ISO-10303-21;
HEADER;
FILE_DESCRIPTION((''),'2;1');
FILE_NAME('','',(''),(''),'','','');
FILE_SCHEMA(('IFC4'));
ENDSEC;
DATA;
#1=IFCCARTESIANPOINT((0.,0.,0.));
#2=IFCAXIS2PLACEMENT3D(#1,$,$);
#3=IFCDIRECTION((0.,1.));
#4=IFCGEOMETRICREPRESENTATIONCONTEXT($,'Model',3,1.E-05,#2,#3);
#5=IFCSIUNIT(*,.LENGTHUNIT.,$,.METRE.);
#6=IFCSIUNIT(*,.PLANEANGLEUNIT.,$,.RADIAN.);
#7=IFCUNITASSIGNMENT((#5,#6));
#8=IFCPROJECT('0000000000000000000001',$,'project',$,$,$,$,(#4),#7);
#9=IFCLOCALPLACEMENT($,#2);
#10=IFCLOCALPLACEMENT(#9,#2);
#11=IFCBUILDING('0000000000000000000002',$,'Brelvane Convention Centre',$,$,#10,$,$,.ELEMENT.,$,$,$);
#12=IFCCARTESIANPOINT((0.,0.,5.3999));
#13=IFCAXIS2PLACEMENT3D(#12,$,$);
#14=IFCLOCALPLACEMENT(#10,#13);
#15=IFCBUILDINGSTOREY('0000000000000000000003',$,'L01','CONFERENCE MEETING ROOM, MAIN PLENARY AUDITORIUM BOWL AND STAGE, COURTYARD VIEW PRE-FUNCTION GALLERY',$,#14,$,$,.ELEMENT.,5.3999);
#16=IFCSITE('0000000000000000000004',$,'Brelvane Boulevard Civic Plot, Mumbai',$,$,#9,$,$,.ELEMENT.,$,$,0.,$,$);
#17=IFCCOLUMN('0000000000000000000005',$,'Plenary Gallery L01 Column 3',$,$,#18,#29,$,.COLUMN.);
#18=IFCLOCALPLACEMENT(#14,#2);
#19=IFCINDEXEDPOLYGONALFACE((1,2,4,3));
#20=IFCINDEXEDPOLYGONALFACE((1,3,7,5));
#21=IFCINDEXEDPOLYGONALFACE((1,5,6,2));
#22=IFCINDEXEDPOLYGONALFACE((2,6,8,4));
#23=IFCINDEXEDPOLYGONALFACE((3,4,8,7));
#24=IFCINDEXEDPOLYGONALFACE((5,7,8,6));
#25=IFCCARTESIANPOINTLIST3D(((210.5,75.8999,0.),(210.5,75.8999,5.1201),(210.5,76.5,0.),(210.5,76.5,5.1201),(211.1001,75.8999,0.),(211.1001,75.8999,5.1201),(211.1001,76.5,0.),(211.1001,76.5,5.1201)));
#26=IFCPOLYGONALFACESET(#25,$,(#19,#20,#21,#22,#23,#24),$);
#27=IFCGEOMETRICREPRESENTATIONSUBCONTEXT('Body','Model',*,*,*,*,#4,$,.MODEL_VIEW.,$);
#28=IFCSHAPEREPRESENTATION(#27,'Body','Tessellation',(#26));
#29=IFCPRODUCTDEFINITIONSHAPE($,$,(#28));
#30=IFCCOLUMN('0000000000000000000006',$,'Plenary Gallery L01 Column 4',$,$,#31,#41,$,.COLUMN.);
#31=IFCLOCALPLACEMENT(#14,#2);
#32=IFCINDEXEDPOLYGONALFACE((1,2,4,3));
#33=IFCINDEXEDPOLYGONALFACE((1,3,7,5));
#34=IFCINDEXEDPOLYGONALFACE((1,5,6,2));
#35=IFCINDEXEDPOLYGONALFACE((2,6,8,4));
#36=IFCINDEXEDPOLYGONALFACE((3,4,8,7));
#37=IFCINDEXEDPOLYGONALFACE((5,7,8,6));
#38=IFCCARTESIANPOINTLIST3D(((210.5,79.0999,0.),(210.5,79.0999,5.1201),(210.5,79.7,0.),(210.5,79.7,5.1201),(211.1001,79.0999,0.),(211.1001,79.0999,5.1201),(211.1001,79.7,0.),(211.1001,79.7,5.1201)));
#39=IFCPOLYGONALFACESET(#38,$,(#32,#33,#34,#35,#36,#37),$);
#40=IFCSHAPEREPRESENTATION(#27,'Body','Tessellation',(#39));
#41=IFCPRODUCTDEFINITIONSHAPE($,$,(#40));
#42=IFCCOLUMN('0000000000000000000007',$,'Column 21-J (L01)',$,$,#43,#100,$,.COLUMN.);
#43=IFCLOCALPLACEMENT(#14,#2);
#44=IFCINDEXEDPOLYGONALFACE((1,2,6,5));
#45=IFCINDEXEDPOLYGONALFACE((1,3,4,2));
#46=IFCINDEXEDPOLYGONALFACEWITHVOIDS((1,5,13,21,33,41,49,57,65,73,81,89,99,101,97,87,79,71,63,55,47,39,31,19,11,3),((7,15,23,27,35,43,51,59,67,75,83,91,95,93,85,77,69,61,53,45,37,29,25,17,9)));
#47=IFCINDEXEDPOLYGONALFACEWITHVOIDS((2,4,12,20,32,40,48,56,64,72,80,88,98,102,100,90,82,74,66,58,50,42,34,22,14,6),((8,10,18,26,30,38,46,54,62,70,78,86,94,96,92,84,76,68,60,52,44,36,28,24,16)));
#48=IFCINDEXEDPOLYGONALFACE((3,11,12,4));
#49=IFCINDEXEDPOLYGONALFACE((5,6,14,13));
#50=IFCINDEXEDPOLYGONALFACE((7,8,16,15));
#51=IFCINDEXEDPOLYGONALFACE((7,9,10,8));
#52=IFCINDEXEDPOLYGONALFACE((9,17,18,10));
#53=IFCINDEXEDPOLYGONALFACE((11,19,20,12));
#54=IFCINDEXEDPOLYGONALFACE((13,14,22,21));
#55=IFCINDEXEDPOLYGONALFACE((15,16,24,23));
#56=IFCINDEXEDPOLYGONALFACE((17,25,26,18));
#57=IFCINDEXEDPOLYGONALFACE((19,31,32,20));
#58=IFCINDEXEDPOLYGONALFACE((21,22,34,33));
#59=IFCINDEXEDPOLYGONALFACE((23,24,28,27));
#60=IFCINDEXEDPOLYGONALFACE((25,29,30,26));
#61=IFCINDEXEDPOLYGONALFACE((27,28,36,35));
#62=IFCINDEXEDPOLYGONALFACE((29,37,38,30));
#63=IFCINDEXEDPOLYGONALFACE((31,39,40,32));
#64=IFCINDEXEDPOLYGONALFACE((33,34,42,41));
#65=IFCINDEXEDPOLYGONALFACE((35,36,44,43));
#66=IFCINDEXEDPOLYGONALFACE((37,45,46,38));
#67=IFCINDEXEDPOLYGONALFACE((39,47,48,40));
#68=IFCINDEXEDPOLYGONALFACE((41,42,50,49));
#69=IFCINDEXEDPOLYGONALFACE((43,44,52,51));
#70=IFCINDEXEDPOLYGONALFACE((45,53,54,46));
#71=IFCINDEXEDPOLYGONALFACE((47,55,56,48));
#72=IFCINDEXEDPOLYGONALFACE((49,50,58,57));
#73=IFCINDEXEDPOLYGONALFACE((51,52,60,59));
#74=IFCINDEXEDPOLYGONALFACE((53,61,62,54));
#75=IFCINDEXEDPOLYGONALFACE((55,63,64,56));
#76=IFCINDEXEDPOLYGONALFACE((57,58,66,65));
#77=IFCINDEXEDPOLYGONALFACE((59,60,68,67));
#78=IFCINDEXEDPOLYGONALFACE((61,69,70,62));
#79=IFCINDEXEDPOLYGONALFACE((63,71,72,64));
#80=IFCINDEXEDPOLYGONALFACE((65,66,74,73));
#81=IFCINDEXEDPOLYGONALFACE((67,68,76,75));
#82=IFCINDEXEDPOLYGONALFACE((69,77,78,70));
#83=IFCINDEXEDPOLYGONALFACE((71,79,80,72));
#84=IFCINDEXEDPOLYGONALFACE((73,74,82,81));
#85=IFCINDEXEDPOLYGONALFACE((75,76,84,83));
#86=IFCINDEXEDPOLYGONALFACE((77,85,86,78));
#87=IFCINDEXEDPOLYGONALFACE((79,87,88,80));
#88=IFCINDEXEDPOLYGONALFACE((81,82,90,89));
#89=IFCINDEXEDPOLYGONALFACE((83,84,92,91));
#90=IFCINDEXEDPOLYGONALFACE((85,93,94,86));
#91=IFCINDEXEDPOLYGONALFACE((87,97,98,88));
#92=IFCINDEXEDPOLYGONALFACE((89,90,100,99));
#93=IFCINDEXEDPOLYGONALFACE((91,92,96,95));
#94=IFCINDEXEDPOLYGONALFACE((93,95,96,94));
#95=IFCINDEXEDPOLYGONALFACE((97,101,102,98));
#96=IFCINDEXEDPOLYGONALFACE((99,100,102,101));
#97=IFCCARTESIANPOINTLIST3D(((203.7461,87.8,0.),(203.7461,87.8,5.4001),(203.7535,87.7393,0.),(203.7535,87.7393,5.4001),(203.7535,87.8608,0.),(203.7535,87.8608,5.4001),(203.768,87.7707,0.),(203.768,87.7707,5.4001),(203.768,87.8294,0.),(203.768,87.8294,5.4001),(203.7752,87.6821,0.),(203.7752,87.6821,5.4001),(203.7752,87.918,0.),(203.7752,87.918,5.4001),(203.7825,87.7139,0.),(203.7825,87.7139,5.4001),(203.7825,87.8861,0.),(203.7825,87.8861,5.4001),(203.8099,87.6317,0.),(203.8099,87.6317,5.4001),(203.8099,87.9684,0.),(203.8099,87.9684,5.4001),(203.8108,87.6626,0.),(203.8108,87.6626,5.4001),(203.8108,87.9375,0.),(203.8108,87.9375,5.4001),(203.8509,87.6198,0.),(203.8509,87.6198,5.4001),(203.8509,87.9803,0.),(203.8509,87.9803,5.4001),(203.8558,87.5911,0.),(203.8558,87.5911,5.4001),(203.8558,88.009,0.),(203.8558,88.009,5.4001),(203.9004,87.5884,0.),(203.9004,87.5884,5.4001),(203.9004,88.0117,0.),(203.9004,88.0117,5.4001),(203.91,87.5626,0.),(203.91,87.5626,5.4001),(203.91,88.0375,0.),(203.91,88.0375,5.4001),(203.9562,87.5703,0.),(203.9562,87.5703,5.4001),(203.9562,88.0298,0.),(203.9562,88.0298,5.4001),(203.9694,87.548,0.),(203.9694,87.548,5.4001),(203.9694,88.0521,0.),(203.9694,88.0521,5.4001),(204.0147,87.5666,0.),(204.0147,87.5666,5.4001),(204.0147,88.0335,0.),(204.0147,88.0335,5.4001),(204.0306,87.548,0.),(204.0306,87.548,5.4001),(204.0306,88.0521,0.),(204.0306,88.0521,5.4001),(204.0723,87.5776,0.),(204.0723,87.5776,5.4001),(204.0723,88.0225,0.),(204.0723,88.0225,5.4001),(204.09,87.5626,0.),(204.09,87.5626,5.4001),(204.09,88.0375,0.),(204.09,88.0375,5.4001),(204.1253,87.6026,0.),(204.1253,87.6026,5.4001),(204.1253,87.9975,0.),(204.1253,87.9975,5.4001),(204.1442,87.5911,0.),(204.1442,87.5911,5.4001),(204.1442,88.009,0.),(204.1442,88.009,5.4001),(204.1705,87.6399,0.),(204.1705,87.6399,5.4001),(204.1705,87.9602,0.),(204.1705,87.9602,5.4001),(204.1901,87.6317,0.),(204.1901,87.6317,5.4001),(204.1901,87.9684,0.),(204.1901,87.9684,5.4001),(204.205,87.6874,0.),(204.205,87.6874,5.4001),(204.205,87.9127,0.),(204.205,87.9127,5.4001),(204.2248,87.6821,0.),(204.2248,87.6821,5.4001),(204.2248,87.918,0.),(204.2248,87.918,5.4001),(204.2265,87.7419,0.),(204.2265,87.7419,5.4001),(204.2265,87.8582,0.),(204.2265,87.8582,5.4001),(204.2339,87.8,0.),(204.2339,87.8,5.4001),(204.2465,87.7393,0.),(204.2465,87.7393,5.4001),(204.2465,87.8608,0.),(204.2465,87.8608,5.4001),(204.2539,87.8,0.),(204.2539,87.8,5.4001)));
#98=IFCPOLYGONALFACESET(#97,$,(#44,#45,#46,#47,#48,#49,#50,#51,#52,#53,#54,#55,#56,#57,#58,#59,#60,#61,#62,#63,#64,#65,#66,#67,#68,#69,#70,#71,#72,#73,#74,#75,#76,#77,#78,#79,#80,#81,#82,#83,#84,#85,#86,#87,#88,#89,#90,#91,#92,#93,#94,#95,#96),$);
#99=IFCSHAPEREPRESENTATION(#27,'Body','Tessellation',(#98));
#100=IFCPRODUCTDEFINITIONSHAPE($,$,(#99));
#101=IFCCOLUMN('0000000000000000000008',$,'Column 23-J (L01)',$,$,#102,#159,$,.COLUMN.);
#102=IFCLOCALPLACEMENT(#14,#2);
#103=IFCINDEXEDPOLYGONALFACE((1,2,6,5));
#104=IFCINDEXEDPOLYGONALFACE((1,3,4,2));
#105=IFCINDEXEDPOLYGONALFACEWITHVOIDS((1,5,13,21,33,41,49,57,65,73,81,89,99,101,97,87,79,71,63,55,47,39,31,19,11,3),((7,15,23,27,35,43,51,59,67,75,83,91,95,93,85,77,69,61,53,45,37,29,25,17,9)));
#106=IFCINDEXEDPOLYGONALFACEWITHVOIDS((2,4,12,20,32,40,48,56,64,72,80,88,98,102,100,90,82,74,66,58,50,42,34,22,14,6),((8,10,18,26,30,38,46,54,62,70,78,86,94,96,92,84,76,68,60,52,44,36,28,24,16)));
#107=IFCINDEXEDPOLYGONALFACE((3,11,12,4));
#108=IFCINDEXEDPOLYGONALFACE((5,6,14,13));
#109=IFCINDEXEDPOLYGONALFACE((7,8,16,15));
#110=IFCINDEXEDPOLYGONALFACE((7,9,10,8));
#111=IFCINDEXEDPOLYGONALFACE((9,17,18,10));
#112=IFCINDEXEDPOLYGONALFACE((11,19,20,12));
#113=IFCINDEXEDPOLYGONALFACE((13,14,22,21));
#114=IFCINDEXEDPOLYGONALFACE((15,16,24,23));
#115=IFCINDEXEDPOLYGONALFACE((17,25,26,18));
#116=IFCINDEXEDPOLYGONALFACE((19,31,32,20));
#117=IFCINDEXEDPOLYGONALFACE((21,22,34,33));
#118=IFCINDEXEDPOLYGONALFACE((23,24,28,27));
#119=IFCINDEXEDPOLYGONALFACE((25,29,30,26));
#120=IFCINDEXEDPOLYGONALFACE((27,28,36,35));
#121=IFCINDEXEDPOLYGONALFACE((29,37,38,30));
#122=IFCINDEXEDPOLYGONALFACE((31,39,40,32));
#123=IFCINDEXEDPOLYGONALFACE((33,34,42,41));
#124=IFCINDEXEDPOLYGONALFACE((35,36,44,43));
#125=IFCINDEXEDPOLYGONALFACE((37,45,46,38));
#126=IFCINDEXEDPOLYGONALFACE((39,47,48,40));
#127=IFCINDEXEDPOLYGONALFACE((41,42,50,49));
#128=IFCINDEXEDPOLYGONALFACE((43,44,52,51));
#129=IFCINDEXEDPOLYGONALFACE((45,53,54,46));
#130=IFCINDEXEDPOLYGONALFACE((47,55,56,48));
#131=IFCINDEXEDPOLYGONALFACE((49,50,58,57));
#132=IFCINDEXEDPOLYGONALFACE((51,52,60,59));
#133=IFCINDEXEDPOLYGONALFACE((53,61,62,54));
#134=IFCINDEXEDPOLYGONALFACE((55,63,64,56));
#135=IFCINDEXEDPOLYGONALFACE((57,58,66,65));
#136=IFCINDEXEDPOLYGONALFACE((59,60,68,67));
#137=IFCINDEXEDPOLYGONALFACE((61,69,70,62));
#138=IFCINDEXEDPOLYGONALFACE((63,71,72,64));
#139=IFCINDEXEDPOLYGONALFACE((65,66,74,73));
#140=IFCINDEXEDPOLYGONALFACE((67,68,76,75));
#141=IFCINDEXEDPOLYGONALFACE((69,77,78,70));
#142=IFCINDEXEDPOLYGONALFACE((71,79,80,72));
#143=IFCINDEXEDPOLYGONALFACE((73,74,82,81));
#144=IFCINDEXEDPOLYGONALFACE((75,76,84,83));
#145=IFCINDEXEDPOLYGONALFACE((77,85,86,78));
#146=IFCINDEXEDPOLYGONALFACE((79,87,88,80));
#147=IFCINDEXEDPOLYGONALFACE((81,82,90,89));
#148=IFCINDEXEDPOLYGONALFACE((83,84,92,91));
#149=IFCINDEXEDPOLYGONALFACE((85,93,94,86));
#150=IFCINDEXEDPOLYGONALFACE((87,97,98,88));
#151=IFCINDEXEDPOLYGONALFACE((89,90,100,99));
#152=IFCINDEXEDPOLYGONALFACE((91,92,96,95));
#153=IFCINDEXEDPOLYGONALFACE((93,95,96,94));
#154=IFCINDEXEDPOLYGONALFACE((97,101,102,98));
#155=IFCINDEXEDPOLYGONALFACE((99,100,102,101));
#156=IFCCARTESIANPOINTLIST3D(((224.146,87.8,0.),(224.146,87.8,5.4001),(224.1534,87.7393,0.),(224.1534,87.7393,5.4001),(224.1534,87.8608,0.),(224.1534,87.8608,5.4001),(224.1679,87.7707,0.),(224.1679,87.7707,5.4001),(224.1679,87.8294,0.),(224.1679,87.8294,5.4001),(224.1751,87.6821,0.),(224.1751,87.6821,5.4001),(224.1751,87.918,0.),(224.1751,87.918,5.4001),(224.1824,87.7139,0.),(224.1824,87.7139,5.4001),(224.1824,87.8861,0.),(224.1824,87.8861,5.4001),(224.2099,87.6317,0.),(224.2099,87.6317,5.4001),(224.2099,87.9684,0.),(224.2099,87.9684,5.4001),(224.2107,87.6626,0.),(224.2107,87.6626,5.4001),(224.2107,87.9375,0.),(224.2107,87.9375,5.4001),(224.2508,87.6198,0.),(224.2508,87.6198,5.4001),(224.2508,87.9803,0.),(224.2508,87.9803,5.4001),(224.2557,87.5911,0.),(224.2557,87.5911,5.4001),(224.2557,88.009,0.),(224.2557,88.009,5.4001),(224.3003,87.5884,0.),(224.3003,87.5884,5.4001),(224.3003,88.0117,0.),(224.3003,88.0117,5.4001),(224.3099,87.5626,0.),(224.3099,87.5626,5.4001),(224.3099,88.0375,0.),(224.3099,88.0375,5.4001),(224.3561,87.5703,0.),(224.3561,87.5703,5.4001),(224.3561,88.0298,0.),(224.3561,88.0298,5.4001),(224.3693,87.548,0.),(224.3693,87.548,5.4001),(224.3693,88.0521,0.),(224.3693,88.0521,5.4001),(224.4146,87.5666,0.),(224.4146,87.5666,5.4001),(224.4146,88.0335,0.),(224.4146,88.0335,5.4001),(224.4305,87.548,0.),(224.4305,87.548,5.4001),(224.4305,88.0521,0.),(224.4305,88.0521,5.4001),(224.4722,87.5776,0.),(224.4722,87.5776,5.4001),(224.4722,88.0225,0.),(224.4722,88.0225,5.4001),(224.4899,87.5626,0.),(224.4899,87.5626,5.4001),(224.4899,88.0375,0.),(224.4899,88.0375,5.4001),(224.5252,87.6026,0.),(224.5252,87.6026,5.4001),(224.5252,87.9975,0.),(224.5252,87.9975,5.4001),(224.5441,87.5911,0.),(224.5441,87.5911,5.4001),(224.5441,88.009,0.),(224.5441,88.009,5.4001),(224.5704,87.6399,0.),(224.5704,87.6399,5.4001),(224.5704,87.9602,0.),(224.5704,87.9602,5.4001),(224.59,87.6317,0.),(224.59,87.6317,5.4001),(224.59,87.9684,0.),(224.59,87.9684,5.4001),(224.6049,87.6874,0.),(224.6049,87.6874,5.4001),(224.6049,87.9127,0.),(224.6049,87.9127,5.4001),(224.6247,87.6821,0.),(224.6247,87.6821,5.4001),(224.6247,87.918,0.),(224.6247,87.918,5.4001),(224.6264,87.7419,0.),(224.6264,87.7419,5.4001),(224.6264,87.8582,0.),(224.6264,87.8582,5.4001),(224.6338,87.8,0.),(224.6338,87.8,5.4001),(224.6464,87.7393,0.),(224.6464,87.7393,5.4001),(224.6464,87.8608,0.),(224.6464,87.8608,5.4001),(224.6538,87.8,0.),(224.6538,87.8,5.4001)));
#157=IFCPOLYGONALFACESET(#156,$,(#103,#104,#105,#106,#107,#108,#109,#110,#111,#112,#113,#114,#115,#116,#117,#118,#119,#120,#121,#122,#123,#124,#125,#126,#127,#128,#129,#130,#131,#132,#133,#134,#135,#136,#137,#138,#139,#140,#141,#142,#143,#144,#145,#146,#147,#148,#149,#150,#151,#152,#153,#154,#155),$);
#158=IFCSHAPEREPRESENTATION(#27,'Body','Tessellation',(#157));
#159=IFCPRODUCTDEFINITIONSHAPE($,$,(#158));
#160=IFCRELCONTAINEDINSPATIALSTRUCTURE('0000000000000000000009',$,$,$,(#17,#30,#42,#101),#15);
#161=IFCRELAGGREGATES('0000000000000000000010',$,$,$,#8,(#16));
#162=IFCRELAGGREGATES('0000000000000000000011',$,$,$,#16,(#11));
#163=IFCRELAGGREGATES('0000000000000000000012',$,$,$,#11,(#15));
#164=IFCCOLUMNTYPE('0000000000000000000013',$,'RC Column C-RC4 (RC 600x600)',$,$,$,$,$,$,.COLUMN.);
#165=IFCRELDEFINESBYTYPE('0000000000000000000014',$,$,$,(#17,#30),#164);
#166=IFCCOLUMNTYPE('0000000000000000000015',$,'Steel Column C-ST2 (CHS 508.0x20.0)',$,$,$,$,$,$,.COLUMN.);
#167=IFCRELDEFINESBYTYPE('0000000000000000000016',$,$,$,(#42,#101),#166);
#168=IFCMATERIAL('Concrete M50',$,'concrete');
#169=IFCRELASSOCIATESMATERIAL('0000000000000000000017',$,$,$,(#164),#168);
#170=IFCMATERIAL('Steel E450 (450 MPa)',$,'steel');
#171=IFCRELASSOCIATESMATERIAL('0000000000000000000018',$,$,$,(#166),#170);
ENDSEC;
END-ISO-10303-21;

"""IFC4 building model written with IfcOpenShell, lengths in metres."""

from ifc_helpers import new_model, si_unit, direction, frame, origin, origin_2d, place, context, subcontext, project, spatial, rectangle, hollow_circle, extrude, material, material_profile, profile_set, type_object, element, save


model = new_model("IFC4")

# Units and contexts
model_context = context("Model", 3, precision=1e-05, world=origin(), true_north=direction((0.0, 1.0)))
body_context = subcontext(model_context, "Body", "Model", "MODEL_VIEW")
ifc_project = project(units=[si_unit("LENGTHUNIT", "METRE"), si_unit("PLANEANGLEUNIT", "RADIAN")], contexts=[model_context])

# Site, building, storey
site_placement = place(None, origin())
site = spatial("IfcSite", under=ifc_project, at=site_placement, Name="Brelvane Boulevard Civic Plot, Mumbai", CompositionType="ELEMENT", RefElevation=0.0)
building_placement = place(site_placement, origin())
building = spatial("IfcBuilding", under=site, at=building_placement, Name="Brelvane Convention Centre", CompositionType="ELEMENT")
storey_placement = place(building_placement, frame((0.0, 0.0, 5.3999)))
storey = spatial("IfcBuildingStorey", under=building, at=storey_placement, Name="L01", Description="CONFERENCE MEETING ROOM, MAIN PLENARY AUDITORIUM BOWL AND STAGE, COURTYARD VIEW PRE-FUNCTION GALLERY", CompositionType="ELEMENT", Elevation=5.3999)

# Columns
ifc_material_1 = material(Name="Concrete M50", Category="concrete")
ifc_material_profile_1 = material_profile(ifc_material_1, rectangle(XDim=0.6001, YDim=0.6001, at=origin_2d()), Name="RC 600x600")
ifc_profile_set_1 = profile_set([ifc_material_profile_1], Name="Concrete M50")
column_type_1 = type_object("IfcColumnType", Name="RC Column C-RC4 (RC 600x600)", PredefinedType="COLUMN", material=ifc_profile_set_1)
for number, where, z_axis, x_axis, name in (
    (1, (210.8, 76.2, 0.0), (0.0, 0.0, 1.0), (1.0, 0.0, 0.0), "Plenary Gallery L01 Column 3"),
    (2, (210.8, 79.3999, 0.0), (0.0, 0.0, 1.0), (1.0, 0.0, 0.0), "Plenary Gallery L01 Column 4"),
):
    element("IfcColumn", number, at=place(storey_placement, frame(where, z_axis=z_axis, x_axis=x_axis)), inside=storey, type_object=column_type_1, Name=name, PredefinedType="COLUMN", context=body_context, shape_type="SweptSolid", body=[
        extrude(rectangle(XDim=0.6001, YDim=0.6001, at=origin_2d()), origin(), (0.0, 0.0, 1.0), 5.1201),
    ])
ifc_material_2 = material(Name="Steel E450 (450 MPa)", Category="steel")
ifc_material_profile_2 = material_profile(ifc_material_2, hollow_circle(Radius=0.2539, WallThickness=0.02, at=origin_2d()), Name="CHS 508.0x20.0")
ifc_profile_set_2 = profile_set([ifc_material_profile_2], Name="Steel E450 (450 MPa)")
column_type_2 = type_object("IfcColumnType", Name="Steel Column C-ST2 (CHS 508.0x20.0)", PredefinedType="COLUMN", material=ifc_profile_set_2)
for number, where, z_axis, x_axis, name in (
    (3, (204.0, 87.8, 0.0), (0.0, 0.0, 1.0), (1.0, 0.0, 0.0), "Column 21-J (L01)"),
    (4, (224.3999, 87.8, 0.0), (0.0, 0.0, 1.0), (1.0, 0.0, 0.0), "Column 23-J (L01)"),
):
    element("IfcColumn", number, at=place(storey_placement, frame(where, z_axis=z_axis, x_axis=x_axis)), inside=storey, type_object=column_type_2, Name=name, PredefinedType="COLUMN", context=body_context, shape_type="SweptSolid", body=[
        extrude(hollow_circle(Radius=0.2539, WallThickness=0.02, at=origin_2d()), origin(), (0.0, 0.0, 1.0), 5.4001),
    ])

save(model, "model.ifc")
